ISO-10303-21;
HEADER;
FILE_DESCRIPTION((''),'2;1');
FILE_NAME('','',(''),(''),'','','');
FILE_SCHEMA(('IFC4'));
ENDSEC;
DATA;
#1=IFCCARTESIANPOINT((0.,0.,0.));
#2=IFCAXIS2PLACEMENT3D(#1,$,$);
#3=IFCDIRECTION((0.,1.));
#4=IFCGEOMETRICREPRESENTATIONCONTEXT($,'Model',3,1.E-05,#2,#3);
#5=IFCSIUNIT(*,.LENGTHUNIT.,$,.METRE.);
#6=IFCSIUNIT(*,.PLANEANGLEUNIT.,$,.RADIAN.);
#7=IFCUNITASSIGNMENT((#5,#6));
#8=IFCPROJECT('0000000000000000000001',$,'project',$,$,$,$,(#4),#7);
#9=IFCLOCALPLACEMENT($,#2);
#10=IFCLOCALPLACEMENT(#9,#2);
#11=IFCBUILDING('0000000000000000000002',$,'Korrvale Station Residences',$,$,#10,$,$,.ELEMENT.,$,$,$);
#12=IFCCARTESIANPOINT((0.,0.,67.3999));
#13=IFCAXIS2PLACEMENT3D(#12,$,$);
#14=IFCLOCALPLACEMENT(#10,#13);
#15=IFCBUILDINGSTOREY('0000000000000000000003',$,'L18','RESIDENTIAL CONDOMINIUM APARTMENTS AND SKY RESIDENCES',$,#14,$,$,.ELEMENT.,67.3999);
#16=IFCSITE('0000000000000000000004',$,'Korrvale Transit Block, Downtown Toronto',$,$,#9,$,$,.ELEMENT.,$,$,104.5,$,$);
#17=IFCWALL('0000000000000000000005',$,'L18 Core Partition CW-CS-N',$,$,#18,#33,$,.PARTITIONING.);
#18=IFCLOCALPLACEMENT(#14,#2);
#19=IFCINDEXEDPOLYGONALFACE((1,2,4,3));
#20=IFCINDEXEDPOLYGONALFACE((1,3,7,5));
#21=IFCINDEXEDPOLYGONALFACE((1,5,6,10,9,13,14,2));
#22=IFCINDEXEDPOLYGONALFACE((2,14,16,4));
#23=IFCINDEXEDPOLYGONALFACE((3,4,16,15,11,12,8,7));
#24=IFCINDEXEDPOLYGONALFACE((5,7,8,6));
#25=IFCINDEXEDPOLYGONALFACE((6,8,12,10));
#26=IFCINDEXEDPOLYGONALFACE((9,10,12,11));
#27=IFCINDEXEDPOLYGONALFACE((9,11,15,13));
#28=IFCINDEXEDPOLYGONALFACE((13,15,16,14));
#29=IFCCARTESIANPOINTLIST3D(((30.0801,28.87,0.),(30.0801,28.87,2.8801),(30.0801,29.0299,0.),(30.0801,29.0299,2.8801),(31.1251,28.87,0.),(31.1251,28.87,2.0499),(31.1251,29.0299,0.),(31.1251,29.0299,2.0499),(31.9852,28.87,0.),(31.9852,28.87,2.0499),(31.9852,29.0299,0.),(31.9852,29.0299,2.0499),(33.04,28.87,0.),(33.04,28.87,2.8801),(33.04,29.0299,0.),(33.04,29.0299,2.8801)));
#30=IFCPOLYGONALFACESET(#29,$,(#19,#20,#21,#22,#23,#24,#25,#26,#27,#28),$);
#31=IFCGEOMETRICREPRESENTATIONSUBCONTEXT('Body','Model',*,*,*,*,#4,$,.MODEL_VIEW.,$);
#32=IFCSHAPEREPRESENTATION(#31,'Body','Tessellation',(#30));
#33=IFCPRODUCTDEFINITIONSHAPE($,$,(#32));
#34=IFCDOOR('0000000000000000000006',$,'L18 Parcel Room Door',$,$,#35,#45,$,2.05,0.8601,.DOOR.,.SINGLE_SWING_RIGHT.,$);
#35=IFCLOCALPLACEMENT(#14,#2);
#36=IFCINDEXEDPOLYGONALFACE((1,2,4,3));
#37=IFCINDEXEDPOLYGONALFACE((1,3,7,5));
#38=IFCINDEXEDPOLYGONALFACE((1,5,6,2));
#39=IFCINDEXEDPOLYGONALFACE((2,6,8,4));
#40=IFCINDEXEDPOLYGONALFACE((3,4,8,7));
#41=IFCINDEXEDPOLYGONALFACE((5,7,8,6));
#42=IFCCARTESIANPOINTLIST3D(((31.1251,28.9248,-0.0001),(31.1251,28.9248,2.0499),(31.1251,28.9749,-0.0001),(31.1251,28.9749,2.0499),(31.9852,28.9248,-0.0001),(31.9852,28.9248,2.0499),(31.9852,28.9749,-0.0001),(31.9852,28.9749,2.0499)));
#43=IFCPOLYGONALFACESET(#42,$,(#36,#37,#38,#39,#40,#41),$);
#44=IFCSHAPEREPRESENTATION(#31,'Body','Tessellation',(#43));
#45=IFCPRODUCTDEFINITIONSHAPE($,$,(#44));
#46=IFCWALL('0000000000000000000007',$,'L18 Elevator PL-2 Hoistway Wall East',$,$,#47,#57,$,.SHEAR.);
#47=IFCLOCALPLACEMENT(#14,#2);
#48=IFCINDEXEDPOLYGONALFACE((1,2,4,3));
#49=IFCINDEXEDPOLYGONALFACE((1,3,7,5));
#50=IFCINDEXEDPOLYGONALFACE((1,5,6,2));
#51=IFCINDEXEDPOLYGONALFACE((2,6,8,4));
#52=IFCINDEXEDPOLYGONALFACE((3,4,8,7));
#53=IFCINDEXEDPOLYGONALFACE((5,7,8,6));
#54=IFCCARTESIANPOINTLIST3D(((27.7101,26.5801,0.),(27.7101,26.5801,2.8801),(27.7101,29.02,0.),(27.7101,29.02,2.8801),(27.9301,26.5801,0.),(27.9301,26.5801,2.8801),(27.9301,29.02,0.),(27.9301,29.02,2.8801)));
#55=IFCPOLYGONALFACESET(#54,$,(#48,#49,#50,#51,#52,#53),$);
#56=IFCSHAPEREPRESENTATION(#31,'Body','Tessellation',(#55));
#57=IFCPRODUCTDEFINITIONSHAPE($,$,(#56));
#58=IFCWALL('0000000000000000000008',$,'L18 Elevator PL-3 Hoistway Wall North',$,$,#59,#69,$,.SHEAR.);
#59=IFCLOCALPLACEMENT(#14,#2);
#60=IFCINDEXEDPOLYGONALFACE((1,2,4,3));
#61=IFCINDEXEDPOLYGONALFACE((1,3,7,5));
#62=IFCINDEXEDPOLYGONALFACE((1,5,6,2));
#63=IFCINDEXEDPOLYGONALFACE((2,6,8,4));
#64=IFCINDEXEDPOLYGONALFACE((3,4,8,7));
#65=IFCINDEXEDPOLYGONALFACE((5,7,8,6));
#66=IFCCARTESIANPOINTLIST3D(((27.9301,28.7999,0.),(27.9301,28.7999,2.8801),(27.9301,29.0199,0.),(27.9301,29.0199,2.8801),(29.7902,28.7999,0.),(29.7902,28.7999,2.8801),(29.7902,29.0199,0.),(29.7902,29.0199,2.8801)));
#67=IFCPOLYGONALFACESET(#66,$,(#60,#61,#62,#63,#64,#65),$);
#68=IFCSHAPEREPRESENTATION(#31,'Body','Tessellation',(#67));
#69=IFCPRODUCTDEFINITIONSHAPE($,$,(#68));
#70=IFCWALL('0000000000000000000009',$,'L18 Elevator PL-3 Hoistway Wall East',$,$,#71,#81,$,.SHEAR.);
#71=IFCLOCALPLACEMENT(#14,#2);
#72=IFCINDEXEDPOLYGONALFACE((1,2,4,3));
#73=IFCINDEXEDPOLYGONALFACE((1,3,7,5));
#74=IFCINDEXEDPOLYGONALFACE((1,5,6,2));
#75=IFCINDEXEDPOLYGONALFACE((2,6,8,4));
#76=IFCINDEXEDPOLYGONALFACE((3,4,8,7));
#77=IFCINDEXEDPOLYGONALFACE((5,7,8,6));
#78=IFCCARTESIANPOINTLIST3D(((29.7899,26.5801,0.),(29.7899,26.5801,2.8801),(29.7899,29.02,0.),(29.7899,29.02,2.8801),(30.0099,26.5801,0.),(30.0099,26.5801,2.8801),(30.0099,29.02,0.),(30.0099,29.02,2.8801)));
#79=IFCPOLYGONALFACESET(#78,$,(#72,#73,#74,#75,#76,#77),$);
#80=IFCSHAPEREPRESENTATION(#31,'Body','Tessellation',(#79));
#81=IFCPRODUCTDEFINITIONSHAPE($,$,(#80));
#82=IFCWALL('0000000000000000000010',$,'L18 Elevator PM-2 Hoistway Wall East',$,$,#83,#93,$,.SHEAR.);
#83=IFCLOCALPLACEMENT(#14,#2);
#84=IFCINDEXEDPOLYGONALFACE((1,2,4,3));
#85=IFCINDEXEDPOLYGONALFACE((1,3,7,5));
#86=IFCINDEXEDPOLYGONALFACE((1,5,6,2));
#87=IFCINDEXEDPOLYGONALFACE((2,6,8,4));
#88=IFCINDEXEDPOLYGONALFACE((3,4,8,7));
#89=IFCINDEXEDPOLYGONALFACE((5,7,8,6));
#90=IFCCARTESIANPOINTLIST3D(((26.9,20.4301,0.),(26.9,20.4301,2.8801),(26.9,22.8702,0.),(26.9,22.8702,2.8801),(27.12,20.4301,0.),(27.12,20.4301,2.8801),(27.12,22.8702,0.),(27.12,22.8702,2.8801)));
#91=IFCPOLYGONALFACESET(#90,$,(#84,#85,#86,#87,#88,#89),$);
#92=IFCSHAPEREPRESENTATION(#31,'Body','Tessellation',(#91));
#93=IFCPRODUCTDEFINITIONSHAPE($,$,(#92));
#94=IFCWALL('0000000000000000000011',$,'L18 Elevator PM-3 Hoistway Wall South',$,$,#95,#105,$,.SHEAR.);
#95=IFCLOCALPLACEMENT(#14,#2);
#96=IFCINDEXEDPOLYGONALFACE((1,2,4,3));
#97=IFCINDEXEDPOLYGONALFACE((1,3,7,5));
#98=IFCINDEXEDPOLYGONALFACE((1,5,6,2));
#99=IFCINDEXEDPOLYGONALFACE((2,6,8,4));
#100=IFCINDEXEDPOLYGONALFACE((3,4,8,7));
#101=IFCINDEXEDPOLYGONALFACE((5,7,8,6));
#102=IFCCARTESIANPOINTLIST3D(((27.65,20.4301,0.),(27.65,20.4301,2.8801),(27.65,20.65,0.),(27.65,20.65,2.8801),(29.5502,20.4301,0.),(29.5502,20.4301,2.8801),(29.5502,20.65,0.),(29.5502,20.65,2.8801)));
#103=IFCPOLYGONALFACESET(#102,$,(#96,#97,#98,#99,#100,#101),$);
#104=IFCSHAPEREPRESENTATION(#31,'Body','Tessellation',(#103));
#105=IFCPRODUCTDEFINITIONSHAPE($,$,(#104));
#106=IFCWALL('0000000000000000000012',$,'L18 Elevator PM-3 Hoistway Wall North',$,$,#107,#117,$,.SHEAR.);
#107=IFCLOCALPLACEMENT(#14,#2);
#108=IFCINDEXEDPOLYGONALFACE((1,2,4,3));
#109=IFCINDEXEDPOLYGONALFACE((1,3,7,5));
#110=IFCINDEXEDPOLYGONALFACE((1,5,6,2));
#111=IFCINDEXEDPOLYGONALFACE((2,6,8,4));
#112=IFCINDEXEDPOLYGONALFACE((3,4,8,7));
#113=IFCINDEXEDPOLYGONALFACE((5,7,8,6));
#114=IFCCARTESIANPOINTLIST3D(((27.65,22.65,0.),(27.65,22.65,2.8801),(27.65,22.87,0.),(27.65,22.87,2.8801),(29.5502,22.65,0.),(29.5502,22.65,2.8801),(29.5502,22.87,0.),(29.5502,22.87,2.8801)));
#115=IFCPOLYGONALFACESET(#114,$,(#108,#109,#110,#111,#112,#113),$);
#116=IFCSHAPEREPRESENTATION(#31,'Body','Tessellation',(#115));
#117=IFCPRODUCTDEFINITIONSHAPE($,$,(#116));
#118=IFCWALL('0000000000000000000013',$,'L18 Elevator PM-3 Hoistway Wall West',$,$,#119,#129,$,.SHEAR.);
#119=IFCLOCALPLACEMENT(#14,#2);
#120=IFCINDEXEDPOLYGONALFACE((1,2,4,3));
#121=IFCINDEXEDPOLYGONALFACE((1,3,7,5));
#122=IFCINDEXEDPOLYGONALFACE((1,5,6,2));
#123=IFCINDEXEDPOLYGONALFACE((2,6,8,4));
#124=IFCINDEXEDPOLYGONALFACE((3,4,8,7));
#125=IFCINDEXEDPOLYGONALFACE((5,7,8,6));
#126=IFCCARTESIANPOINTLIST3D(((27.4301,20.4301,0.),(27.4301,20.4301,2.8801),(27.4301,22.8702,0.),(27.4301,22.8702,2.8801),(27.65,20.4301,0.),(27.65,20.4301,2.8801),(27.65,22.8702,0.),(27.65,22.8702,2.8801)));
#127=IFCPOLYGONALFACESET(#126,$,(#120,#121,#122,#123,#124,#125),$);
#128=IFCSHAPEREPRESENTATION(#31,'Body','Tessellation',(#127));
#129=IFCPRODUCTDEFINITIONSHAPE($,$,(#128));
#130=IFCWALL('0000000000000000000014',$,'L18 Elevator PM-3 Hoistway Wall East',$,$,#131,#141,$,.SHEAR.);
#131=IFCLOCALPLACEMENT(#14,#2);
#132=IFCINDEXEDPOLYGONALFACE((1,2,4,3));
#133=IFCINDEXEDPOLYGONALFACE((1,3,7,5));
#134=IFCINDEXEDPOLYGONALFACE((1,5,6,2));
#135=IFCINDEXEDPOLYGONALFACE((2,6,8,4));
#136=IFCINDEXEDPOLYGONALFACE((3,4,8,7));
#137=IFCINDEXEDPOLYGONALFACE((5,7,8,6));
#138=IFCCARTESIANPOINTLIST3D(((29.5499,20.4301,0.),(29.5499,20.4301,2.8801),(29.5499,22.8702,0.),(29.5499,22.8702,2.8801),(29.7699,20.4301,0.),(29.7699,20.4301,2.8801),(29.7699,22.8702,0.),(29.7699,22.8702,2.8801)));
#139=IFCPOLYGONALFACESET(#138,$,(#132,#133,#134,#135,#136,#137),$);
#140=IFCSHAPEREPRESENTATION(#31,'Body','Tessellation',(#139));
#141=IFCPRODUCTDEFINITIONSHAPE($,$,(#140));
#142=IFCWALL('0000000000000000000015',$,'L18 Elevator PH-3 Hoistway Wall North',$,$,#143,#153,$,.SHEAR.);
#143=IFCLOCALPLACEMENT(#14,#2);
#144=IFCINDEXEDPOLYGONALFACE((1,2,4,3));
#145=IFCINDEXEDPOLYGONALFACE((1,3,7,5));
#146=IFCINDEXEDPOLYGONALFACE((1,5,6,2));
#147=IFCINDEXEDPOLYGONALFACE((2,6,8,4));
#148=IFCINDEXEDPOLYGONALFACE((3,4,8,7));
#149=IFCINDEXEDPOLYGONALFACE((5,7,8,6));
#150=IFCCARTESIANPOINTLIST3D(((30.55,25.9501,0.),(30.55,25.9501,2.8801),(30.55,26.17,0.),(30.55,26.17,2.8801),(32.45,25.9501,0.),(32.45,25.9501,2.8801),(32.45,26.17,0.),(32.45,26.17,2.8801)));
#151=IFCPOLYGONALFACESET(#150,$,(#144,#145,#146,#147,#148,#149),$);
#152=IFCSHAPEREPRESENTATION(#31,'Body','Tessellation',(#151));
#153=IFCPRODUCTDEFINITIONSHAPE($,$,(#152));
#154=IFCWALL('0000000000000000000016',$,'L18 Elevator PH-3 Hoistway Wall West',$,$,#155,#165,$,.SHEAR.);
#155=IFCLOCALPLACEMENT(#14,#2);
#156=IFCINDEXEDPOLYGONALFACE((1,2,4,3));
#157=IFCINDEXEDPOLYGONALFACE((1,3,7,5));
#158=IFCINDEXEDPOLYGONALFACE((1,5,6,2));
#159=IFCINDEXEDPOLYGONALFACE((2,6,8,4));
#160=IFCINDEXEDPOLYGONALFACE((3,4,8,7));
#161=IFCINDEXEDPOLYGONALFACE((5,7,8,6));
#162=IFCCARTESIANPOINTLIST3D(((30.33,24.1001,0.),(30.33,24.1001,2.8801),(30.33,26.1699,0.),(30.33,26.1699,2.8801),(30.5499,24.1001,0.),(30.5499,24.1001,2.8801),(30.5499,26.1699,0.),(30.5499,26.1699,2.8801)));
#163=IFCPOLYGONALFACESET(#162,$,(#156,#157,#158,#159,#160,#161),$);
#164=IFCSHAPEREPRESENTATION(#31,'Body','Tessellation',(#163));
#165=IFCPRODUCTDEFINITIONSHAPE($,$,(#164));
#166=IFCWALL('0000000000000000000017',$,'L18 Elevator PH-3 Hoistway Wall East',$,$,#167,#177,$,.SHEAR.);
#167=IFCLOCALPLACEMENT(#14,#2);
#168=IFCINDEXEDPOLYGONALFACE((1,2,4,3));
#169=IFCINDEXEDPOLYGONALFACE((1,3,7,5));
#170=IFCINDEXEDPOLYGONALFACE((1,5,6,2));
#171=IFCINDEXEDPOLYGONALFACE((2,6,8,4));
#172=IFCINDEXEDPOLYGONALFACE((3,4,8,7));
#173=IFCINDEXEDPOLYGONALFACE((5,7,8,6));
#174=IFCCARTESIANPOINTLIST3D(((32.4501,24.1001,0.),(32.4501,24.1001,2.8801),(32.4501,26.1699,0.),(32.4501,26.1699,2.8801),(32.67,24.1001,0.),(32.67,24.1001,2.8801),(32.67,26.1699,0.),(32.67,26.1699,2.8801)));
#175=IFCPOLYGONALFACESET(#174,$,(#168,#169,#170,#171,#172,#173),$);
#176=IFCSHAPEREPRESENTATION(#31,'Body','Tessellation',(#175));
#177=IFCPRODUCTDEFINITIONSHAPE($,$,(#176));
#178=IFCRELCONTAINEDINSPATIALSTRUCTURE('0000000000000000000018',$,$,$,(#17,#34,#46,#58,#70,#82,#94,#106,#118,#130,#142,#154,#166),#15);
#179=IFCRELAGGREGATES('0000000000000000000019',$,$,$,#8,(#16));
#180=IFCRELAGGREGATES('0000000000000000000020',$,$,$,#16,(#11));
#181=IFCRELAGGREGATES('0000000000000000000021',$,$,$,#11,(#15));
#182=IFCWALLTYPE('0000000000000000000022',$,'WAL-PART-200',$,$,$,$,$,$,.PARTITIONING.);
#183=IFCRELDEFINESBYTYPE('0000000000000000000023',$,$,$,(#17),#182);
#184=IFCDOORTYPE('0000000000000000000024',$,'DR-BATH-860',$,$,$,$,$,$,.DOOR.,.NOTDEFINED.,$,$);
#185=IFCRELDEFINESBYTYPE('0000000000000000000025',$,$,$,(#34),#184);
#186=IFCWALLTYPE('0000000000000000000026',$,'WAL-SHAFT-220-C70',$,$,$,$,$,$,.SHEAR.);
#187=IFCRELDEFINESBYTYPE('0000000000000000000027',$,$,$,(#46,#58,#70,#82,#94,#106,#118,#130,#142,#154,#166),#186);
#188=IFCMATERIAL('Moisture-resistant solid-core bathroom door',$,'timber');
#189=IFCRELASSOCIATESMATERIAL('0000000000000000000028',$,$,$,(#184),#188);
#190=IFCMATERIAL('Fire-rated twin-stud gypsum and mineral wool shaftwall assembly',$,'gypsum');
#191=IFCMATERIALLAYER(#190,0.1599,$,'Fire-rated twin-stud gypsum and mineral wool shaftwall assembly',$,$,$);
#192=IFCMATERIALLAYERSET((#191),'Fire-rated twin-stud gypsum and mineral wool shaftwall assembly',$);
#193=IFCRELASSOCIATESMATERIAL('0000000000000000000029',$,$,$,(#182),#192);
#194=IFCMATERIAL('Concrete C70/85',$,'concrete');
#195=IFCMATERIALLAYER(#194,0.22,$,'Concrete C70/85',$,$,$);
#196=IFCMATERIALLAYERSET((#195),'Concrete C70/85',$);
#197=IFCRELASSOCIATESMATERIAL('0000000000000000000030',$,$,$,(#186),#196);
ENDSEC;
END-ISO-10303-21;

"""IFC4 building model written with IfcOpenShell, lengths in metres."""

from ifc_helpers import new_model, si_unit, direction, frame, frame_2d, origin, place, context, subcontext, project, spatial, rectangle, extrude, material, layer, layer_set, type_object, element, fill, save


model = new_model("IFC4")

# Units and contexts
model_context = context("Model", 3, precision=1e-05, world=origin(), true_north=direction((0.0, 1.0)))
body_context = subcontext(model_context, "Body", "Model", "MODEL_VIEW")
ifc_project = project(units=[si_unit("LENGTHUNIT", "METRE"), si_unit("PLANEANGLEUNIT", "RADIAN")], contexts=[model_context])

# Site, building, storey
site_placement = place(None, origin())
site = spatial("IfcSite", under=ifc_project, at=site_placement, Name="Korrvale Transit Block, Downtown Toronto", CompositionType="ELEMENT", RefElevation=104.5)
building_placement = place(site_placement, origin())
building = spatial("IfcBuilding", under=site, at=building_placement, Name="Korrvale Station Residences", CompositionType="ELEMENT")
storey_placement = place(building_placement, frame((0.0, 0.0, 67.3999)))
storey = spatial("IfcBuildingStorey", under=building, at=storey_placement, Name="L18", Description="RESIDENTIAL CONDOMINIUM APARTMENTS AND SKY RESIDENCES", CompositionType="ELEMENT", Elevation=67.3999)

# Shared definitions
ifc_material_1 = material(Name="Concrete C70/85", Category="concrete")

# Shared definitions
ifc_material_2 = material(Name="Moisture-resistant solid-core bathroom door", Category="timber")
door_type_1 = type_object("IfcDoorType", Name="DR-BATH-860", OperationType="NOTDEFINED", PredefinedType="DOOR", material=ifc_material_2)

# Shared definitions
ifc_material_3 = material(Name="Fire-rated twin-stud gypsum and mineral wool shaftwall assembly", Category="gypsum")
ifc_layer_1 = layer(ifc_material_3, 0.1599, Name="Fire-rated twin-stud gypsum and mineral wool shaftwall assembly")
ifc_layer_set_1 = layer_set([ifc_layer_1], Name="Fire-rated twin-stud gypsum and mineral wool shaftwall assembly")
wall_type_1 = type_object("IfcWallType", Name="WAL-PART-200", PredefinedType="PARTITIONING", material=ifc_layer_set_1)

# Wall, opening, door
wall_1_placement = place(storey_placement, frame((30.0801, 28.95, 0.0), z_axis=(0.0, 0.0, 1.0), x_axis=(1.0, 0.0, 0.0)))
wall_1 = element("IfcWall", 1, at=wall_1_placement, inside=storey, type_object=wall_type_1, Name="L18 Core Partition CW-CS-N", PredefinedType="PARTITIONING", context=body_context, shape_type="SweptSolid", body=[
    extrude(rectangle(XDim=2.96, YDim=0.1599, at=frame_2d((1.48, 0.0))), origin(), (0.0, 0.0, 1.0), 2.8801),
])
opening_1_placement = place(wall_1_placement, frame((1.0449, 0.0, 0.0)))
opening_1 = element("IfcOpeningElement", 2, at=opening_1_placement, cuts=wall_1, PredefinedType="OPENING", context=body_context, shape_type="SweptSolid", body=[
    extrude(rectangle(XDim=0.8601, YDim=2.05, at=frame_2d((0.4302, 1.0249))), frame((0.0, 0.0898, 0.0), z_axis=(0.0, -1.0, 0.0), x_axis=(1.0, 0.0, 0.0)), (0.0, 0.0, 1.0), 0.1799),
])
door_1_placement = place(opening_1_placement, origin())
door_1 = element("IfcDoor", 3, at=door_1_placement, inside=storey, type_object=door_type_1, Name="L18 Parcel Room Door", OperationType="SINGLE_SWING_RIGHT", OverallHeight=2.05, OverallWidth=0.8601, PredefinedType="DOOR", context=body_context, shape_type="SweptSolid", body=[
    extrude(rectangle(XDim=0.8601, YDim=2.05, at=frame_2d((0.4302, 1.0249))), frame((0.0, 0.0249, 0.0), z_axis=(0.0, -1.0, 0.0), x_axis=(1.0, 0.0, 0.0)), (0.0, 0.0, 1.0), 0.05),
])
fill(opening_1, door_1)

# Wall
ifc_layer_2 = layer(ifc_material_1, 0.22, Name="Concrete C70/85")
ifc_layer_set_2 = layer_set([ifc_layer_2], Name="Concrete C70/85")
wall_type_2 = type_object("IfcWallType", Name="WAL-SHAFT-220-C70", PredefinedType="SHEAR", material=ifc_layer_set_2)
wall_2_placement = place(storey_placement, frame((27.8201, 26.5801, 0.0), z_axis=(0.0, 0.0, 1.0), x_axis=(0.0, 1.0, 0.0)))
element("IfcWall", 4, at=wall_2_placement, inside=storey, type_object=wall_type_2, Name="L18 Elevator PL-2 Hoistway Wall East", PredefinedType="SHEAR", context=body_context, shape_type="SweptSolid", body=[
    extrude(rectangle(XDim=2.4399, YDim=0.22, at=frame_2d((1.22, 0.0))), origin(), (0.0, 0.0, 1.0), 2.8801),
])

# Walls
wall_3_placement = place(storey_placement, frame((27.9299, 28.9099, 0.0), z_axis=(0.0, 0.0, 1.0), x_axis=(1.0, 0.0, 0.0)))
element("IfcWall", 5, at=wall_3_placement, inside=storey, type_object=wall_type_2, Name="L18 Elevator PL-3 Hoistway Wall North", PredefinedType="SHEAR", context=body_context, shape_type="SweptSolid", body=[
    extrude(rectangle(XDim=1.8601, YDim=0.22, at=frame_2d((0.9302, 0.0))), origin(), (0.0, 0.0, 1.0), 2.8801),
])
wall_4_placement = place(storey_placement, frame((29.8999, 26.5801, 0.0), z_axis=(0.0, 0.0, 1.0), x_axis=(0.0, 1.0, 0.0)))
element("IfcWall", 6, at=wall_4_placement, inside=storey, type_object=wall_type_2, Name="L18 Elevator PL-3 Hoistway Wall East", PredefinedType="SHEAR", context=body_context, shape_type="SweptSolid", body=[
    extrude(rectangle(XDim=2.4399, YDim=0.22, at=frame_2d((1.22, 0.0))), origin(), (0.0, 0.0, 1.0), 2.8801),
])
wall_5_placement = place(storey_placement, frame((27.01, 20.4299, 0.0), z_axis=(0.0, 0.0, 1.0), x_axis=(0.0, 1.0, 0.0)))
element("IfcWall", 7, at=wall_5_placement, inside=storey, type_object=wall_type_2, Name="L18 Elevator PM-2 Hoistway Wall East", PredefinedType="SHEAR", context=body_context, shape_type="SweptSolid", body=[
    extrude(rectangle(XDim=2.4402, YDim=0.22, at=frame_2d((1.2202, 0.0))), origin(), (0.0, 0.0, 1.0), 2.8801),
])
for number, where, z_axis, x_axis, name in (
    (8, (27.6499, 20.54, 0.0), (0.0, 0.0, 1.0), (1.0, 0.0, 0.0), "L18 Elevator PM-3 Hoistway Wall South"),
    (9, (27.6499, 22.76, 0.0), (0.0, 0.0, 1.0), (1.0, 0.0, 0.0), "L18 Elevator PM-3 Hoistway Wall North"),
):
    element("IfcWall", number, at=place(storey_placement, frame(where, z_axis=z_axis, x_axis=x_axis)), inside=storey, type_object=wall_type_2, Name=name, PredefinedType="SHEAR", context=body_context, shape_type="SweptSolid", body=[
        extrude(rectangle(XDim=1.9001, YDim=0.22, at=frame_2d((0.9502, 0.0))), origin(), (0.0, 0.0, 1.0), 2.8801),
    ])
for number, where, z_axis, x_axis, name in (
    (10, (27.54, 20.4299, 0.0), (0.0, 0.0, 1.0), (0.0, 1.0, 0.0), "L18 Elevator PM-3 Hoistway Wall West"),
    (11, (29.6599, 20.4299, 0.0), (0.0, 0.0, 1.0), (0.0, 1.0, 0.0), "L18 Elevator PM-3 Hoistway Wall East"),
):
    element("IfcWall", number, at=place(storey_placement, frame(where, z_axis=z_axis, x_axis=x_axis)), inside=storey, type_object=wall_type_2, Name=name, PredefinedType="SHEAR", context=body_context, shape_type="SweptSolid", body=[
        extrude(rectangle(XDim=2.4402, YDim=0.22, at=frame_2d((1.2202, 0.0))), origin(), (0.0, 0.0, 1.0), 2.8801),
    ])
wall_6_placement = place(storey_placement, frame((30.55, 26.0601, 0.0), z_axis=(0.0, 0.0, 1.0), x_axis=(1.0, 0.0, 0.0)))
element("IfcWall", 12, at=wall_6_placement, inside=storey, type_object=wall_type_2, Name="L18 Elevator PH-3 Hoistway Wall North", PredefinedType="SHEAR", context=body_context, shape_type="SweptSolid", body=[
    extrude(rectangle(XDim=1.8999, YDim=0.22, at=frame_2d((0.95, 0.0))), origin(), (0.0, 0.0, 1.0), 2.8801),
])
for number, where, z_axis, x_axis, name in (
    (13, (30.4399, 24.1001, 0.0), (0.0, 0.0, 1.0), (0.0, 1.0, 0.0), "L18 Elevator PH-3 Hoistway Wall West"),
    (14, (32.5601, 24.1001, 0.0), (0.0, 0.0, 1.0), (0.0, 1.0, 0.0), "L18 Elevator PH-3 Hoistway Wall East"),
):
    element("IfcWall", number, at=place(storey_placement, frame(where, z_axis=z_axis, x_axis=x_axis)), inside=storey, type_object=wall_type_2, Name=name, PredefinedType="SHEAR", context=body_context, shape_type="SweptSolid", body=[
        extrude(rectangle(XDim=2.0698, YDim=0.22, at=frame_2d((1.0349, 0.0))), origin(), (0.0, 0.0, 1.0), 2.8801),
    ])

save(model, "model.ifc")
